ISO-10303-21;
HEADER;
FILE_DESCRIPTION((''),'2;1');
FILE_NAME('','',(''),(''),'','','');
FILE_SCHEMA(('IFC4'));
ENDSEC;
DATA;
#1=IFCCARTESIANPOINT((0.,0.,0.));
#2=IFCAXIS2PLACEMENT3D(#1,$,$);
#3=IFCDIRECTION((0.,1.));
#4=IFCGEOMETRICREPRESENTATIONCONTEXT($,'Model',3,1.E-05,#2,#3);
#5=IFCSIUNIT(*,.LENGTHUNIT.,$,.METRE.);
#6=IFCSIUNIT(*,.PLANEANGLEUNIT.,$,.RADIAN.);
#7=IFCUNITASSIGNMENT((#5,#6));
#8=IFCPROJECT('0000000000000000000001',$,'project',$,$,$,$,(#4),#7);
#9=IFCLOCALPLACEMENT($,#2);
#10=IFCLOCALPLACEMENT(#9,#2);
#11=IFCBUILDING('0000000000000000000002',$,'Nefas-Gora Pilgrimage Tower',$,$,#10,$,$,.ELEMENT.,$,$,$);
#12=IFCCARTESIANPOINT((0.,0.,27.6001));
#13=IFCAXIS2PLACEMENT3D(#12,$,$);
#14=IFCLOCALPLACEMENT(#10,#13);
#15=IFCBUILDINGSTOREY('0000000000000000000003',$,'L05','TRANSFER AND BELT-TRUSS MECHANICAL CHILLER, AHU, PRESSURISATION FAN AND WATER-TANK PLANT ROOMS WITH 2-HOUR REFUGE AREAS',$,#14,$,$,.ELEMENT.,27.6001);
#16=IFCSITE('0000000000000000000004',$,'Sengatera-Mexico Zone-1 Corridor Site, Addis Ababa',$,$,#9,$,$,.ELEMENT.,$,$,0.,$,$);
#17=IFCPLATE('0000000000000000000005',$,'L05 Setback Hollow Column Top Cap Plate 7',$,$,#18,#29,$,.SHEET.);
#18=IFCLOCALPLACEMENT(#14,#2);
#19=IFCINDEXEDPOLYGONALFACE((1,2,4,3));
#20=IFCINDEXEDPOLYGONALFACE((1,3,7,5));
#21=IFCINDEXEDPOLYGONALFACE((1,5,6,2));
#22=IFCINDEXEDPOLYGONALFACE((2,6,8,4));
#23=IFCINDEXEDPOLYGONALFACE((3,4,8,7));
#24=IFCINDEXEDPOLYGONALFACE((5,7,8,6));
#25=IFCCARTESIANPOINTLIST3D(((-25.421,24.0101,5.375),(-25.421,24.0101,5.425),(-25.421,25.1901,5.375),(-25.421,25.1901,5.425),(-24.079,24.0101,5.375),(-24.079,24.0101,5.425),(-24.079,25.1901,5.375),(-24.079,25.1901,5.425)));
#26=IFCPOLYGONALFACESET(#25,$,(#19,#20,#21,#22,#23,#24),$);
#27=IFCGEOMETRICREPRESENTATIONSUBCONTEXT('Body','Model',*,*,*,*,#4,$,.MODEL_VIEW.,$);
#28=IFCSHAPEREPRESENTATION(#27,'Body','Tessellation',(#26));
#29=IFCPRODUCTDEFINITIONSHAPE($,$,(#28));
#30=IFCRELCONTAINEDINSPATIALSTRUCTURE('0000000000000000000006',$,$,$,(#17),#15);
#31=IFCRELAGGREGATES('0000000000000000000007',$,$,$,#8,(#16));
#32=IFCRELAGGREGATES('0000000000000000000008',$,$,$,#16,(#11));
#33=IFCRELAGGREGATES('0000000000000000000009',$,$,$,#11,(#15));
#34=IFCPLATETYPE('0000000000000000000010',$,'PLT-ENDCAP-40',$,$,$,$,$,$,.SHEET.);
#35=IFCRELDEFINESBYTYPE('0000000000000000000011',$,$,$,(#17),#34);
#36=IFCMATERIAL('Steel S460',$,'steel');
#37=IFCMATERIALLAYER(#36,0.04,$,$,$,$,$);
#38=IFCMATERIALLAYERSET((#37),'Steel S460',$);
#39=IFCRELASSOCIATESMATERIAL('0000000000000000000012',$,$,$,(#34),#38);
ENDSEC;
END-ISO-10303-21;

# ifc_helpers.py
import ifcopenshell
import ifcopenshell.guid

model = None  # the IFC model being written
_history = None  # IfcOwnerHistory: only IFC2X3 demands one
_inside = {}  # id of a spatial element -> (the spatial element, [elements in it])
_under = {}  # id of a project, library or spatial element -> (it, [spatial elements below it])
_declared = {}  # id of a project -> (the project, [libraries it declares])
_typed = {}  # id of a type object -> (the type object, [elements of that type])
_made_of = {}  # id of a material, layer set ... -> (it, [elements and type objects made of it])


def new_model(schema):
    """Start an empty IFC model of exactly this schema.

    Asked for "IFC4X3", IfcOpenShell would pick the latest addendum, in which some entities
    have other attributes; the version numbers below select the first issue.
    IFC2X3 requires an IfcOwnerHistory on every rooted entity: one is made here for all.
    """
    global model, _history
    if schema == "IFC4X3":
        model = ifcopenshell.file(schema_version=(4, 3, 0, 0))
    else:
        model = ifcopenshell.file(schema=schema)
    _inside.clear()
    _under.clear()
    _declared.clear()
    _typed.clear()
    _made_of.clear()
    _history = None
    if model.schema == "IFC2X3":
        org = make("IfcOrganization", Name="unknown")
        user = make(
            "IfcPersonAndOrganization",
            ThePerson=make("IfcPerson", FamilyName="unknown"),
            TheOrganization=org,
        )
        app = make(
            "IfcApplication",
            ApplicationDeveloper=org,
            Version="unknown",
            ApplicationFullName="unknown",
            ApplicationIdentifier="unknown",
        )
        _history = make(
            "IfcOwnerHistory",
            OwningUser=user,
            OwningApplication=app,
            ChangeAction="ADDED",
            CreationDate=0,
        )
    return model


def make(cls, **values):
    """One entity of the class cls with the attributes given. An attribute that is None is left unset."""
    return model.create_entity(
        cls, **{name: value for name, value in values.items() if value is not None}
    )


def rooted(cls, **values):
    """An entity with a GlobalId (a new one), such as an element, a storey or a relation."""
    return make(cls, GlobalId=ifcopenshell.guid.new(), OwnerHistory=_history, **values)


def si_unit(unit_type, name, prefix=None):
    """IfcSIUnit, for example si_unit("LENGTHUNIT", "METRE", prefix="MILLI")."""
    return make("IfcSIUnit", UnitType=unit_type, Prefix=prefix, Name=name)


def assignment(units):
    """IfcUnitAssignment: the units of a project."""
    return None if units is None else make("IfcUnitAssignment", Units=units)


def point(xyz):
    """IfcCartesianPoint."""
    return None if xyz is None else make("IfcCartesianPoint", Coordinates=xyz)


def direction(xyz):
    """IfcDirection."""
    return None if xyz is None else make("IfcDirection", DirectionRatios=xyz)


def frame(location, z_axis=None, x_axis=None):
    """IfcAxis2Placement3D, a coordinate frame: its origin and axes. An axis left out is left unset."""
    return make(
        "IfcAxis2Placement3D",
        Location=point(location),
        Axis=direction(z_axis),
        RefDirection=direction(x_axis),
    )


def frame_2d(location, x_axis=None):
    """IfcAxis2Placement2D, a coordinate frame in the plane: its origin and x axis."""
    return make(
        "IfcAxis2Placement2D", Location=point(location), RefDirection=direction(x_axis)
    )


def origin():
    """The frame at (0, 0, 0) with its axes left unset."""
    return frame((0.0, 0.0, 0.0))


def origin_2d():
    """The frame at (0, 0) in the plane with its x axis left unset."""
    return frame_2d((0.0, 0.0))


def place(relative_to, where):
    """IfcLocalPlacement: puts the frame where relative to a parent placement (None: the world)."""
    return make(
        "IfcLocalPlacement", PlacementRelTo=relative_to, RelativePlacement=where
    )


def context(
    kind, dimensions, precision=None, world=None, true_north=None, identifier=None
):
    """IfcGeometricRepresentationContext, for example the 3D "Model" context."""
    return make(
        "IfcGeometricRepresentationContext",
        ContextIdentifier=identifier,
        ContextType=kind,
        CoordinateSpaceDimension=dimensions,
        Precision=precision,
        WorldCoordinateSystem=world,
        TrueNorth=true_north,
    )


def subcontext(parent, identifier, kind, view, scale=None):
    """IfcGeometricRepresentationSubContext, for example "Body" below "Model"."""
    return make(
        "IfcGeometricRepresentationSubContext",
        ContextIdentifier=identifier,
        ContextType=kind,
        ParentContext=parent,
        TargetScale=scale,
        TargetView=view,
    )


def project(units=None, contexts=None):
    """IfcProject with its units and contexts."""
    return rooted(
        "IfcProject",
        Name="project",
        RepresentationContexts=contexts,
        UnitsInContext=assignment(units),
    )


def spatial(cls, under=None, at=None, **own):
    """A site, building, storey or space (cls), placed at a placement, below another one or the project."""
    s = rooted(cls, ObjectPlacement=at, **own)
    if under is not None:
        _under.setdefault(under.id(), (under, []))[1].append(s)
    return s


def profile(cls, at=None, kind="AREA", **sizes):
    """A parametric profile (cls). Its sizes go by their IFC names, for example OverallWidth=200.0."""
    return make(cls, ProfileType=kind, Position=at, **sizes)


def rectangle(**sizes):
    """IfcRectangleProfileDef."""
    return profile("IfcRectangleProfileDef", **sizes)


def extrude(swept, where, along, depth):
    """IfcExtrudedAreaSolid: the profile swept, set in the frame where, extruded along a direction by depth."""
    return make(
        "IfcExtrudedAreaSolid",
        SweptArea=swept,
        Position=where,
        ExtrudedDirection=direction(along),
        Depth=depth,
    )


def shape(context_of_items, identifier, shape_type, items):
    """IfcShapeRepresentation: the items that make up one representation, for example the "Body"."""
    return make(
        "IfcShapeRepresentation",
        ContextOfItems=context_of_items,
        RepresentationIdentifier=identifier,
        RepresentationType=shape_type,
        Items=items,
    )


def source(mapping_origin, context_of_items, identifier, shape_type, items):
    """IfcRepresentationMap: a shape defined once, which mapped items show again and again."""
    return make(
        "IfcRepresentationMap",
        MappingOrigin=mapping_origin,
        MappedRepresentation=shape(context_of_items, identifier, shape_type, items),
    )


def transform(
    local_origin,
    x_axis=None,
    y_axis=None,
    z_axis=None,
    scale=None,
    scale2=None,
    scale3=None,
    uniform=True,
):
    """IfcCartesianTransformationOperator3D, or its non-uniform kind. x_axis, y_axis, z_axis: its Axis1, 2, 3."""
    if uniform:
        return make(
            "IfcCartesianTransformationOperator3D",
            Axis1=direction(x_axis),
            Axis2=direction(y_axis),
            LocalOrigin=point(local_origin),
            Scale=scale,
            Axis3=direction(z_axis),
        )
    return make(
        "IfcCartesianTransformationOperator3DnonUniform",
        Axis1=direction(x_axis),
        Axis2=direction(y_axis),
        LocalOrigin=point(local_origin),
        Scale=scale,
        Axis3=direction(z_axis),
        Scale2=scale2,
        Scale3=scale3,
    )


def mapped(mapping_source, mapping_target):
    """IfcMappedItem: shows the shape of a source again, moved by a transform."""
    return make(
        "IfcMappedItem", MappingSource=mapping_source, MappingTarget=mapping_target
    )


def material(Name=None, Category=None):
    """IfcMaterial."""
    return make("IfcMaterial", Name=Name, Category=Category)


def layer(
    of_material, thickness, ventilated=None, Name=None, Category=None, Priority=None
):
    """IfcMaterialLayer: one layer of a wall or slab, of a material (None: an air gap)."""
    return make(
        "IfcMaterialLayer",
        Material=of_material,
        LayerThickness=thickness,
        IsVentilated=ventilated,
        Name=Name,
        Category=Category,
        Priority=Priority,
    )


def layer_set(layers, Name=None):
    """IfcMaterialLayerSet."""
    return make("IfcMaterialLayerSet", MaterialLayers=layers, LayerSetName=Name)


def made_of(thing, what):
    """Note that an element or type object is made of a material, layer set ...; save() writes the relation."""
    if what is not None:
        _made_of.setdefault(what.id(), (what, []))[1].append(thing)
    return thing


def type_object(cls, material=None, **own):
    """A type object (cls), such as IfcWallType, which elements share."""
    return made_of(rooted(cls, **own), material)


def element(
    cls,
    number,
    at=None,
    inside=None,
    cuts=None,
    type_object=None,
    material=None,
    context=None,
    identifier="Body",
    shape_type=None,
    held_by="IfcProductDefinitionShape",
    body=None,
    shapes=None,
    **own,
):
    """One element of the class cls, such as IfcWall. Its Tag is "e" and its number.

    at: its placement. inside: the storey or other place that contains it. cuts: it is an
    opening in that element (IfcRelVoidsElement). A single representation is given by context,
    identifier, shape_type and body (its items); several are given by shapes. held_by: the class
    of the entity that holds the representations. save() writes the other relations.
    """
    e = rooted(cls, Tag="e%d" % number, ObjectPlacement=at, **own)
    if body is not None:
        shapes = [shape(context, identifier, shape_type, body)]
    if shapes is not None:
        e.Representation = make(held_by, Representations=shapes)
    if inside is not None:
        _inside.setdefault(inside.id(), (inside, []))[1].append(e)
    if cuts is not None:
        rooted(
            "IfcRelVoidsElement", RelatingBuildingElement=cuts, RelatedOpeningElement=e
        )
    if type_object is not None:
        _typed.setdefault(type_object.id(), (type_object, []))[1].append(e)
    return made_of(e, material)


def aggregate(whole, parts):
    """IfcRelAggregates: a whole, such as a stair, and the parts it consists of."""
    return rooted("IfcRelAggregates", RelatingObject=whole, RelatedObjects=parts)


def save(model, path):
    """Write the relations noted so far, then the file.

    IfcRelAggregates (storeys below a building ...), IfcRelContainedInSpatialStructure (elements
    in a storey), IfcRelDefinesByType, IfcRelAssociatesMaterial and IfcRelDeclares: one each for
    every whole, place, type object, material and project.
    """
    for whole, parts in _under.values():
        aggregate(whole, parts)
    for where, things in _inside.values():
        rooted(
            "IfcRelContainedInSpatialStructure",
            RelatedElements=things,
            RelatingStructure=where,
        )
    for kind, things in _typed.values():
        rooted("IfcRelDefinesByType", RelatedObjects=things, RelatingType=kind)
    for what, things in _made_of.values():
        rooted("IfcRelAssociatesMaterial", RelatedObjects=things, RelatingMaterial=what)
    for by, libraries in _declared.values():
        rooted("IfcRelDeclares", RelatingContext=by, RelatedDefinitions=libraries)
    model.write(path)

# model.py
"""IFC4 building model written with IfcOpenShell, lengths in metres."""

from ifc_helpers import new_model, si_unit, direction, frame, origin, origin_2d, place, context, subcontext, project, spatial, rectangle, extrude, source, transform, mapped, material, layer, layer_set, type_object, element, save


model = new_model("IFC4")

# Units and contexts
model_context = context("Model", 3, precision=1e-05, world=origin(), true_north=direction((0.0, 1.0)))
body_context = subcontext(model_context, "Body", "Model", "MODEL_VIEW")
ifc_project = project(units=[si_unit("LENGTHUNIT", "METRE"), si_unit("PLANEANGLEUNIT", "RADIAN")], contexts=[model_context])

# Site, building, storey
site_placement = place(None, origin())
site = spatial("IfcSite", under=ifc_project, at=site_placement, Name="Sengatera-Mexico Zone-1 Corridor Site, Addis Ababa", CompositionType="ELEMENT", RefElevation=0.0)
building_placement = place(site_placement, origin())
building = spatial("IfcBuilding", under=site, at=building_placement, Name="Nefas-Gora Pilgrimage Tower", CompositionType="ELEMENT")
storey_placement = place(building_placement, frame((0.0, 0.0, 27.6001)))
storey = spatial("IfcBuildingStorey", under=building, at=storey_placement, Name="L05", Description="TRANSFER AND BELT-TRUSS MECHANICAL CHILLER, AHU, PRESSURISATION FAN AND WATER-TANK PLANT ROOMS WITH 2-HOUR REFUGE AREAS", CompositionType="ELEMENT", Elevation=27.6001)

# Shared definitions
ifc_material = material(Name="Steel S460", Category="steel")

# Plate
ifc_layer_1 = layer(ifc_material, 0.04)
ifc_layer_set_1 = layer_set([ifc_layer_1], Name="Steel S460")
plate_type_1 = type_object("IfcPlateType", Name="PLT-ENDCAP-40", PredefinedType="SHEET", material=ifc_layer_set_1)
shared_shape_1 = source(origin(), body_context, "Body", "SweptSolid", [
    extrude(rectangle(XDim=1.342, YDim=1.1799, at=origin_2d()), origin(), (0.0, 0.0, 1.0), 0.05),
])
plate_1_placement = place(storey_placement, frame((-24.75, 24.6001, 5.375), z_axis=(0.0, 0.0, 1.0), x_axis=(1.0, 0.0, 0.0)))
element("IfcPlate", 1, at=plate_1_placement, inside=storey, type_object=plate_type_1, Name="L05 Setback Hollow Column Top Cap Plate 7", PredefinedType="SHEET", context=body_context, shape_type="MappedRepresentation", body=[
    mapped(shared_shape_1, transform((0.0, 0.0, 0.0), x_axis=(1.0, 0.0, 0.0), y_axis=(0.0, 1.0, 0.0), z_axis=(0.0, 0.0, 1.0), scale=1.0)),
])

save(model, "model.ifc")
